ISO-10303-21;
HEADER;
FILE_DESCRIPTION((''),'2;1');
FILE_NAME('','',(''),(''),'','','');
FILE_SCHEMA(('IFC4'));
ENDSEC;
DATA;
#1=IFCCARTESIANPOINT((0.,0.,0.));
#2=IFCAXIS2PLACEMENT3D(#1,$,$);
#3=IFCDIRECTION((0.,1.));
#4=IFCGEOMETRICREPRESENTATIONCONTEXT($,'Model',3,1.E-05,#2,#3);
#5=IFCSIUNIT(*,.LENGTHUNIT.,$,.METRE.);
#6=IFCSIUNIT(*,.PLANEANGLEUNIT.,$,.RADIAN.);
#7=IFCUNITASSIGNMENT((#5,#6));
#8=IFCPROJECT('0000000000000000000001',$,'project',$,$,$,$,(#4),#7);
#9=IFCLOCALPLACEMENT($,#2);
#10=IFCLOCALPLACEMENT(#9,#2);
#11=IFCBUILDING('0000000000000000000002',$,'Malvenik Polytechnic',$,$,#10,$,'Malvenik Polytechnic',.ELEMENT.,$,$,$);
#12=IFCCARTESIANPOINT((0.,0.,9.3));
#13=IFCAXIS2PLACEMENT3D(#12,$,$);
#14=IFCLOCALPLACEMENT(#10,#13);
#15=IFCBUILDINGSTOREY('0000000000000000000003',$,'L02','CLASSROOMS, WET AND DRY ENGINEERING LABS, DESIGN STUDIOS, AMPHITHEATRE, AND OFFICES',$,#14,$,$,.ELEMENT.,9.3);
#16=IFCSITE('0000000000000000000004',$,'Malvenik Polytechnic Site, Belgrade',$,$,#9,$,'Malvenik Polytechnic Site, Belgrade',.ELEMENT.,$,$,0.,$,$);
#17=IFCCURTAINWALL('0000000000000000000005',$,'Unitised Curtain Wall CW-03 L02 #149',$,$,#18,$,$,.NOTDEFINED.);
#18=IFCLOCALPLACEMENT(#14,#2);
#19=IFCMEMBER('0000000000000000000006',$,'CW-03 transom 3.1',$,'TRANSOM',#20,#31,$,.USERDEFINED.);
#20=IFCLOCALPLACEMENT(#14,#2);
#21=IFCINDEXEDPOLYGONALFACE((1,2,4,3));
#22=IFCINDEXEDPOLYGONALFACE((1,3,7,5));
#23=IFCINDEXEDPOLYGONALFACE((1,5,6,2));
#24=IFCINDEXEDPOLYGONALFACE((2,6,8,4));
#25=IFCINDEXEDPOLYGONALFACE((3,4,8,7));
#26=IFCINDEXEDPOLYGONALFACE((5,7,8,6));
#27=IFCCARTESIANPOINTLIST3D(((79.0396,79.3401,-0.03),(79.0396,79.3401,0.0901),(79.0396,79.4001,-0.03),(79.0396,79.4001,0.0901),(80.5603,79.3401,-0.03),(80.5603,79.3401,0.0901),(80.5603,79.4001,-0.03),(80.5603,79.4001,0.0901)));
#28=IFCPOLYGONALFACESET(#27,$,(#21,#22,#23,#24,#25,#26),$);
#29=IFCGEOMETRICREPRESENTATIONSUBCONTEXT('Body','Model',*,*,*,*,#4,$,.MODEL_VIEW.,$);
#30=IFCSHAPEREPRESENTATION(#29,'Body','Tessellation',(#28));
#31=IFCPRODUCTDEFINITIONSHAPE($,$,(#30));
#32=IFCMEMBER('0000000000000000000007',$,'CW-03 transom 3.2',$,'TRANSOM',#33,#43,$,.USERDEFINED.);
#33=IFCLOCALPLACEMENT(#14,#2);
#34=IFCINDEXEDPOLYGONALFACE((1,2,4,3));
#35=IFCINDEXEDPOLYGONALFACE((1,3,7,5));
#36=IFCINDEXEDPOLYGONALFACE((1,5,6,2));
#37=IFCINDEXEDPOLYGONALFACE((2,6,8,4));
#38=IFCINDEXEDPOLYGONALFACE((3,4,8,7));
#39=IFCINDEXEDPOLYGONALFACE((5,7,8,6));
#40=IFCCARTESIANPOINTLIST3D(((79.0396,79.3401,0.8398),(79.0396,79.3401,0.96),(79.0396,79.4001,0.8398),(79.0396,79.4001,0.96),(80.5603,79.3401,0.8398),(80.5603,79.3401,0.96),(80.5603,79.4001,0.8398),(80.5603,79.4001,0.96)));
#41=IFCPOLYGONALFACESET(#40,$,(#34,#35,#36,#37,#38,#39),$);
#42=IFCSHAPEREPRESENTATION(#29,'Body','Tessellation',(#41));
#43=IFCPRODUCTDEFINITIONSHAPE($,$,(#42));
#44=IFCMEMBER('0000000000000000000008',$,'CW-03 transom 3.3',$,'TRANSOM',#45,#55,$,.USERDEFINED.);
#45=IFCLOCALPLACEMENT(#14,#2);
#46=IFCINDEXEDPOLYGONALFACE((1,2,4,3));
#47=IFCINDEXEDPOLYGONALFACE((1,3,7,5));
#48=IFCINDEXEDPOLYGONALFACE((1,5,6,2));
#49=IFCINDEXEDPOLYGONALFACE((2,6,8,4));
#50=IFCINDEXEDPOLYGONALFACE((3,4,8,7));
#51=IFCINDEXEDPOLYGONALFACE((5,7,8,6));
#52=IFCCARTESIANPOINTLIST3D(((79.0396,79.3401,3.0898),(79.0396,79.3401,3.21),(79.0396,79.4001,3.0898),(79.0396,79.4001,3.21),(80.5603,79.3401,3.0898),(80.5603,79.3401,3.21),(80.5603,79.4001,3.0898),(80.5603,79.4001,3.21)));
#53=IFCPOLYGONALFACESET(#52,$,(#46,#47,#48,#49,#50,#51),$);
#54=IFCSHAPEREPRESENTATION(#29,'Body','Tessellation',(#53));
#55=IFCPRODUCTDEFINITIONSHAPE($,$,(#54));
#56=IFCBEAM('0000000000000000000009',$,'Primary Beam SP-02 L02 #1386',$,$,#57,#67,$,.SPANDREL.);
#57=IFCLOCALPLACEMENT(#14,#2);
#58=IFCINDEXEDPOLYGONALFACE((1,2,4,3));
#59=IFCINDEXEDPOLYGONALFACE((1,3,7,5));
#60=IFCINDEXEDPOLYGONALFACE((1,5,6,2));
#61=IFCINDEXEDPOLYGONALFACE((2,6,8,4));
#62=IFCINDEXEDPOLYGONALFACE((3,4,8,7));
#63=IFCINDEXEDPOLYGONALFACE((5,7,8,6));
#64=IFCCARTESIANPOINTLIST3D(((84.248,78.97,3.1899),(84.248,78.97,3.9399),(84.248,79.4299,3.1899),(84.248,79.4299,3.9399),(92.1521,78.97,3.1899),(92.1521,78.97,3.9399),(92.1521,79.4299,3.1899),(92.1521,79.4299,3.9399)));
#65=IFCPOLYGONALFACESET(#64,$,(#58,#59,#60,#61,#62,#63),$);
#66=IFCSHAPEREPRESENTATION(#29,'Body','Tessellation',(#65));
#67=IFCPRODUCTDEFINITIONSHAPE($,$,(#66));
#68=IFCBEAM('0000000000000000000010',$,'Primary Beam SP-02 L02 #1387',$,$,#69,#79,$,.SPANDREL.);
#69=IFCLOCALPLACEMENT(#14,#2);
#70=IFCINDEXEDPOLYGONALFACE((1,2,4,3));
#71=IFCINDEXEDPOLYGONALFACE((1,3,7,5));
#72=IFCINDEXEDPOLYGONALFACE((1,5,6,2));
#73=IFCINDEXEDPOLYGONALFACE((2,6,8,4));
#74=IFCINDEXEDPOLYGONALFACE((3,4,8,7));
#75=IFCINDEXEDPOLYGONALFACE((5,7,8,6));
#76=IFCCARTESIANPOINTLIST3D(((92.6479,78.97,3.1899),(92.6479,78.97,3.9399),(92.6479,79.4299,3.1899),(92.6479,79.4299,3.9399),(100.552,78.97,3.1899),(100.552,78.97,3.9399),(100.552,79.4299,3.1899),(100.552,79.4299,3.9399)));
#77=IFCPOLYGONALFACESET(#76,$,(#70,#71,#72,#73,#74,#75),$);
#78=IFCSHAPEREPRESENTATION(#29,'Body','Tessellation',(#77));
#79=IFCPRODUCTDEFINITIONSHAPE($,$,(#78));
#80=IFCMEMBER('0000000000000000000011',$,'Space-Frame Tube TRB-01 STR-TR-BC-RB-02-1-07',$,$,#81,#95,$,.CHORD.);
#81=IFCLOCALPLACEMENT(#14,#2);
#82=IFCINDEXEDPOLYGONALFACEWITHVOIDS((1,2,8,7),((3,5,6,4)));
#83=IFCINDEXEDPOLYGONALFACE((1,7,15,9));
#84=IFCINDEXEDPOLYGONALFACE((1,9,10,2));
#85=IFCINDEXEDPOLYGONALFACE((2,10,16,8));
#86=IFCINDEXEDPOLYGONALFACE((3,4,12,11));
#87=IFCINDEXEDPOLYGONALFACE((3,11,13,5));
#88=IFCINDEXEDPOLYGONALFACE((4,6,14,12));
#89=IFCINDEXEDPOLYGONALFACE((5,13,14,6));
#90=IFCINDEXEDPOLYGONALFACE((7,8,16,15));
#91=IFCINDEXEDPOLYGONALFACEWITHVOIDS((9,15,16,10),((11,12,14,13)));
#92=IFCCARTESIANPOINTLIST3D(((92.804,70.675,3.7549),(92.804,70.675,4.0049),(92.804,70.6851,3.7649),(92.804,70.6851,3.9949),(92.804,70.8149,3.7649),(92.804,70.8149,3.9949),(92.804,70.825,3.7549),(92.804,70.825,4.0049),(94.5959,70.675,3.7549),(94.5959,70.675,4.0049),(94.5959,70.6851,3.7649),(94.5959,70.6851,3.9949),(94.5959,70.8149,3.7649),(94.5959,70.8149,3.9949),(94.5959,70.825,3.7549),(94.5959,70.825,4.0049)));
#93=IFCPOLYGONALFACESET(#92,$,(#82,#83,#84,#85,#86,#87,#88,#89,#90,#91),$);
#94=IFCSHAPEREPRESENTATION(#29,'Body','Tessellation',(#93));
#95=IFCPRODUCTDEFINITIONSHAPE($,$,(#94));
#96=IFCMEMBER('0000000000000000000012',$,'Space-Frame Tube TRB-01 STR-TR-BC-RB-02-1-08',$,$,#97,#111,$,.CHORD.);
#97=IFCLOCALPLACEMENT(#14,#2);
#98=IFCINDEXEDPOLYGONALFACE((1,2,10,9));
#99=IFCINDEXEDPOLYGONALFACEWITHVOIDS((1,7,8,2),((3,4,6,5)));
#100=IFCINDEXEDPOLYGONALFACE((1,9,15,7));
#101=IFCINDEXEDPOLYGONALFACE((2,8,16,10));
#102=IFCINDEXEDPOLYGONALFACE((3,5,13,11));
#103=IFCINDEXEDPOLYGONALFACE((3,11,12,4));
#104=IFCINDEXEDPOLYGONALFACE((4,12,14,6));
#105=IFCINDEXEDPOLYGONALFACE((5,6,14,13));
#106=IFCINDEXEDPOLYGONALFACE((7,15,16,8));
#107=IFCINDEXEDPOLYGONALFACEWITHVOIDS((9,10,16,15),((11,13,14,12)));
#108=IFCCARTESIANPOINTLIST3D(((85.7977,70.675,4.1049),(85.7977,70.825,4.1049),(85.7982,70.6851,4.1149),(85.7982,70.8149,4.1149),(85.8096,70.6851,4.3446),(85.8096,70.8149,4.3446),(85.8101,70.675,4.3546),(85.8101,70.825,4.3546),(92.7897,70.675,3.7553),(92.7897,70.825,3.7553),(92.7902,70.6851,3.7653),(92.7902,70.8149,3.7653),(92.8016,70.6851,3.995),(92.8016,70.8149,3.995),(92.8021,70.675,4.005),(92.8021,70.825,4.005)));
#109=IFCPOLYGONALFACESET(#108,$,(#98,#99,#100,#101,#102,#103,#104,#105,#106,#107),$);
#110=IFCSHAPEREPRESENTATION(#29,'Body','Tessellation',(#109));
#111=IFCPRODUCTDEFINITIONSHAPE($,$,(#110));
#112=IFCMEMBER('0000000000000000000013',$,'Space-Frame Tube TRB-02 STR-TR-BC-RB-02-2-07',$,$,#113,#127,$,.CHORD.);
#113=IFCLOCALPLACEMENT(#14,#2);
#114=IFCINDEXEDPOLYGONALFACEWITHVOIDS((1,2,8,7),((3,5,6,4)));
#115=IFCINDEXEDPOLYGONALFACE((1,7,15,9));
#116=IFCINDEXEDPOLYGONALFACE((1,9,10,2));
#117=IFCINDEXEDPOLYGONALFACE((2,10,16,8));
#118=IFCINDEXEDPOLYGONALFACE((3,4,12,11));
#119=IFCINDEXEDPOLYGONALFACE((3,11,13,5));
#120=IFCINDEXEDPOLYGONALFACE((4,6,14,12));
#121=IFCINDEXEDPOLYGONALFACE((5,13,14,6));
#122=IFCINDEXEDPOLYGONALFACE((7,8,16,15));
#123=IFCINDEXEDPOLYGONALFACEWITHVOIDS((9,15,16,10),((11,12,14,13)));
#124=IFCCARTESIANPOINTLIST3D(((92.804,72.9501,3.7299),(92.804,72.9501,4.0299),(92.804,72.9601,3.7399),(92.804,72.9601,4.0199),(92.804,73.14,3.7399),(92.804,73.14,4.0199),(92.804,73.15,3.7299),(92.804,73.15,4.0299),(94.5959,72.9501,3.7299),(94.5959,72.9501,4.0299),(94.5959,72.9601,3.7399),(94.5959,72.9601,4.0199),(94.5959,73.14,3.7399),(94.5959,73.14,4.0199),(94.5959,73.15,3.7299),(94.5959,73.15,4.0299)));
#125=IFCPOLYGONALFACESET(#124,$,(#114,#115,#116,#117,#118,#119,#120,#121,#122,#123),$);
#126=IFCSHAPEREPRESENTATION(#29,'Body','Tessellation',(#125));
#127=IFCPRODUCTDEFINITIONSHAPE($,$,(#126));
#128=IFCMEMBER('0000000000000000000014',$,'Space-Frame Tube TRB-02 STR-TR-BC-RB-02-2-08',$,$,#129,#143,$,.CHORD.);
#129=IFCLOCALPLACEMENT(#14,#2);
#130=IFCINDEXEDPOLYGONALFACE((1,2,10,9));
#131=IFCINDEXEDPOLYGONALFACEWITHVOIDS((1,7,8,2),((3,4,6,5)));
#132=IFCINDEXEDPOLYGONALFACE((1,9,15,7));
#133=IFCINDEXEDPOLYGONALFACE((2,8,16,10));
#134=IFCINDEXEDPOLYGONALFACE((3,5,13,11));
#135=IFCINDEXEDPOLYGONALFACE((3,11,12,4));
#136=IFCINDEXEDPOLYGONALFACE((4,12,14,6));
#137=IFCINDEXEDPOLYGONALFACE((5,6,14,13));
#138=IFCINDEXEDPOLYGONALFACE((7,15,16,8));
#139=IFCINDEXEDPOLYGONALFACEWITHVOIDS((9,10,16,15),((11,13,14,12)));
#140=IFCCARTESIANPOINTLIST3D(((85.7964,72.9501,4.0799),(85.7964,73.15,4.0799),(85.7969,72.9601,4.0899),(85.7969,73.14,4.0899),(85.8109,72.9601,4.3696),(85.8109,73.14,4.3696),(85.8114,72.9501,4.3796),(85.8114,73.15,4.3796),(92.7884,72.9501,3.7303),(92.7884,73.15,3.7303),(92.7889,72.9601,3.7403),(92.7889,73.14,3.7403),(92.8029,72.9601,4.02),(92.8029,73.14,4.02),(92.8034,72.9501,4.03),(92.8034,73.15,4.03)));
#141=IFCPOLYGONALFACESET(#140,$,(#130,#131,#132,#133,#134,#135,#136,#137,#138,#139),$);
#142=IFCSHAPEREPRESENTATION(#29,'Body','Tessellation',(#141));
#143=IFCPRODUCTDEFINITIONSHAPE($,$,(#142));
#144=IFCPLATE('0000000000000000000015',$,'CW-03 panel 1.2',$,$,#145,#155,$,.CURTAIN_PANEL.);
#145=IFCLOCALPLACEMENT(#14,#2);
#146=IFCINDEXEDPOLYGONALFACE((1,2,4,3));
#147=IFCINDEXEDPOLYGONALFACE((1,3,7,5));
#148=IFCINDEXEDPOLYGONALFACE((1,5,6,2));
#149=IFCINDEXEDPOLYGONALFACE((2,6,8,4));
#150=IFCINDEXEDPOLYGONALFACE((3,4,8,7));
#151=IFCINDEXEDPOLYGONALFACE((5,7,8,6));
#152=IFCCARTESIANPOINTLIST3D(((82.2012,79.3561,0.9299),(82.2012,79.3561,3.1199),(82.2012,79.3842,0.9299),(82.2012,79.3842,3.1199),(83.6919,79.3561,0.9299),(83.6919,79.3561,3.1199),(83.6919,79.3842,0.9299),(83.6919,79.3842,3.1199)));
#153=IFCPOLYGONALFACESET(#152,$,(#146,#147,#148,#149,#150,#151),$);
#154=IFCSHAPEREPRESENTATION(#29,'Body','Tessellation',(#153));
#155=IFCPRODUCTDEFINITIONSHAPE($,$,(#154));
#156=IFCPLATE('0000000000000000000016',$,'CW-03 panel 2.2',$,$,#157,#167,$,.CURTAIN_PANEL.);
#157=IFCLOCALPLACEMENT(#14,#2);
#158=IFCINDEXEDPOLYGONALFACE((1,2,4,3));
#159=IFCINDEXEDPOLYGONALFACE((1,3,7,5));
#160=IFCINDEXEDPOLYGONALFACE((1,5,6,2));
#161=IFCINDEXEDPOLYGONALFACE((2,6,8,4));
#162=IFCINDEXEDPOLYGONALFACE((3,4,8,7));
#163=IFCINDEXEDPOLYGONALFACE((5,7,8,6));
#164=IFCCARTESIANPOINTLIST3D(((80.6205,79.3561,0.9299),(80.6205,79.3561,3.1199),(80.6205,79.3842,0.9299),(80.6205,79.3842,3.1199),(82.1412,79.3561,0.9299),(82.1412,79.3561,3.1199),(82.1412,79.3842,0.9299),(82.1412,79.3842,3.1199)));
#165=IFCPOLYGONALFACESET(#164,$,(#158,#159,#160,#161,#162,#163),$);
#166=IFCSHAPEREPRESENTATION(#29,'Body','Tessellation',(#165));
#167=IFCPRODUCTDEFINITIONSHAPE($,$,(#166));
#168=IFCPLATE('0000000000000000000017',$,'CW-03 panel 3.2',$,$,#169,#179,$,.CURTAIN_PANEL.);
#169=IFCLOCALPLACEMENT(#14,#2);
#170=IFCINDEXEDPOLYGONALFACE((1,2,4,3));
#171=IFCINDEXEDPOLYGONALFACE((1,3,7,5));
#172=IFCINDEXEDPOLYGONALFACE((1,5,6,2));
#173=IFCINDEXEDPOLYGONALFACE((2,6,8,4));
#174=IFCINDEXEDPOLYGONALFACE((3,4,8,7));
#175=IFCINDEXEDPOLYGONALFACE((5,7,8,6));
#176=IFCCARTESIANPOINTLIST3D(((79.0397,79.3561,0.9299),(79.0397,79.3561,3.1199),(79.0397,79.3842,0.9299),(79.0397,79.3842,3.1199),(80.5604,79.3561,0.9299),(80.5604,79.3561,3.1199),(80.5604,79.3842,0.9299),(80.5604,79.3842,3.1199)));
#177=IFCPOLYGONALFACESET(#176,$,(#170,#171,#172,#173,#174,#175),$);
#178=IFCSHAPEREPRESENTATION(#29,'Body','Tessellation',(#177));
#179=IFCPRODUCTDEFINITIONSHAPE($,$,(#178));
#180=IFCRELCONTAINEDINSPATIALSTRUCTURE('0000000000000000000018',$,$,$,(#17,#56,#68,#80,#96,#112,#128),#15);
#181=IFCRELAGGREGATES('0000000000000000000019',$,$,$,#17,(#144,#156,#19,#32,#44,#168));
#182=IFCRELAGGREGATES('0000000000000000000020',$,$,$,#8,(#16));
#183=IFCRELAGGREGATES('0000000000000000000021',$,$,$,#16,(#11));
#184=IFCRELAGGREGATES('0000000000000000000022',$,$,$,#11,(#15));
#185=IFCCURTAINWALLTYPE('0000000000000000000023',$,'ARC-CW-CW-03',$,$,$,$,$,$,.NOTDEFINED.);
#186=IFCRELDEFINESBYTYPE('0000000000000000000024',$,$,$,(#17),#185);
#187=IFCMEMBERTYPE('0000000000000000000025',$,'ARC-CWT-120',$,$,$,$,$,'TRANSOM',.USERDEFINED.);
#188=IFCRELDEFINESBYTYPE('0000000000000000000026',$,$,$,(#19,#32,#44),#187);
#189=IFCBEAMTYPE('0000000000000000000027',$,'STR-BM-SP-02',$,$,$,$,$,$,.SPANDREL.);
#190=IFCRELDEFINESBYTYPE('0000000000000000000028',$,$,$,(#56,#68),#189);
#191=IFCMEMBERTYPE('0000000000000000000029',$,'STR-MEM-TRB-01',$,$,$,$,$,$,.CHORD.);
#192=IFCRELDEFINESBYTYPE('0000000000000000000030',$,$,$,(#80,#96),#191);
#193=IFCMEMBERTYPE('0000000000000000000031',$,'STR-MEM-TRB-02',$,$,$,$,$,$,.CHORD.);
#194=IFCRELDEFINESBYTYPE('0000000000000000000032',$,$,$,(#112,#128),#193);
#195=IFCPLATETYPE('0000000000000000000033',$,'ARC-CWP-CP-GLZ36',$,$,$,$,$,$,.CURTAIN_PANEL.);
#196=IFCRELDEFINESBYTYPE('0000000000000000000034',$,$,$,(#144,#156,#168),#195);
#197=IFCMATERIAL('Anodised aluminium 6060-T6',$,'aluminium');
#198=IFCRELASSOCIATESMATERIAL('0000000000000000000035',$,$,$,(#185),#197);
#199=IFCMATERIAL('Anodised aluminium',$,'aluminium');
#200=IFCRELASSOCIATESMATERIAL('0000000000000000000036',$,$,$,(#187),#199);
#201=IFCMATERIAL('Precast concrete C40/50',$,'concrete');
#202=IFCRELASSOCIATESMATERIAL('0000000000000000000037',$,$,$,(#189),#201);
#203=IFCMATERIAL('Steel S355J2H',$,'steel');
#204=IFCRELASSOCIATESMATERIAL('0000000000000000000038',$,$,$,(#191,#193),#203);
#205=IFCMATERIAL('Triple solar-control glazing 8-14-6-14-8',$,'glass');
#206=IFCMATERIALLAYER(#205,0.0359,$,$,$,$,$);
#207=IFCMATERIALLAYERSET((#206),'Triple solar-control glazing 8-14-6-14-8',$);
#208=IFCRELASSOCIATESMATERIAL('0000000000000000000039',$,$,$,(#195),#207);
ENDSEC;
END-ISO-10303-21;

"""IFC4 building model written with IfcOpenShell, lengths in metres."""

from ifc_helpers import new_model, si_unit, direction, frame, origin, origin_2d, place, context, subcontext, project, spatial, rectangle, hollow_rectangle, extrude, material, layer, layer_set, material_profile, profile_set, type_object, element, aggregate, save


model = new_model("IFC4")

# Units and contexts
model_context = context("Model", 3, precision=1e-05, world=origin(), true_north=direction((0.0, 1.0)))
body_context = subcontext(model_context, "Body", "Model", "MODEL_VIEW")
ifc_project = project(units=[si_unit("LENGTHUNIT", "METRE"), si_unit("PLANEANGLEUNIT", "RADIAN")], contexts=[model_context])

# Site, building, storey
site_placement = place(None, origin())
site = spatial("IfcSite", under=ifc_project, at=site_placement, Name="Malvenik Polytechnic Site, Belgrade", LongName="Malvenik Polytechnic Site, Belgrade", CompositionType="ELEMENT", RefElevation=0.0)
building_placement = place(site_placement, origin())
building = spatial("IfcBuilding", under=site, at=building_placement, Name="Malvenik Polytechnic", LongName="Malvenik Polytechnic", CompositionType="ELEMENT")
storey_placement = place(building_placement, frame((0.0, 0.0, 9.3)))
storey = spatial("IfcBuildingStorey", under=building, at=storey_placement, Name="L02", Description="CLASSROOMS, WET AND DRY ENGINEERING LABS, DESIGN STUDIOS, AMPHITHEATRE, AND OFFICES", CompositionType="ELEMENT", Elevation=9.3)

# Shared definitions
ifc_material_1 = material(Name="Steel S355J2H", Category="steel")

# Curtain wall, members
ifc_material_2 = material(Name="Anodised aluminium 6060-T6", Category="aluminium")
curtain_wall_type = type_object("IfcCurtainWallType", Name="ARC-CW-CW-03", PredefinedType="NOTDEFINED", material=ifc_material_2)
curtain_wall_placement = place(storey_placement, origin())
curtain_wall = element("IfcCurtainWall", 1, at=curtain_wall_placement, inside=storey, type_object=curtain_wall_type, Name="Unitised Curtain Wall CW-03 L02 #149", PredefinedType="NOTDEFINED")
ifc_material_3 = material(Name="Anodised aluminium", Category="aluminium")
ifc_material_profile_1 = material_profile(ifc_material_3, rectangle(XDim=0.0601, YDim=0.1201, at=origin_2d()), Name="ALU TRANSOM 60x120")
ifc_profile_set_1 = profile_set([ifc_material_profile_1], Name="Anodised aluminium")
member_type_1 = type_object("IfcMemberType", Name="ARC-CWT-120", ElementType="TRANSOM", PredefinedType="USERDEFINED", material=ifc_profile_set_1)
member_1_placement = place(storey_placement, frame((80.5603, 79.3701, 0.03), z_axis=(-1.0, 0.0, 0.0), x_axis=(0.0, -1.0, 0.0)))
member_1 = element("IfcMember", 2, at=member_1_placement, type_object=member_type_1, Name="CW-03 transom 3.1", ObjectType="TRANSOM", PredefinedType="USERDEFINED", context=body_context, shape_type="SweptSolid", body=[
    extrude(rectangle(XDim=0.0601, YDim=0.1201, at=origin_2d()), origin(), (0.0, 0.0, 1.0), 1.5208),
])
member_2_placement = place(storey_placement, frame((80.5603, 79.3701, 0.8999), z_axis=(-1.0, 0.0, 0.0), x_axis=(0.0, -1.0, 0.0)))
member_2 = element("IfcMember", 3, at=member_2_placement, type_object=member_type_1, Name="CW-03 transom 3.2", ObjectType="TRANSOM", PredefinedType="USERDEFINED", context=body_context, shape_type="SweptSolid", body=[
    extrude(rectangle(XDim=0.0601, YDim=0.1201, at=origin_2d()), origin(), (0.0, 0.0, 1.0), 1.5208),
])
member_3_placement = place(storey_placement, frame((80.5603, 79.3701, 3.1499), z_axis=(-1.0, 0.0, 0.0), x_axis=(0.0, -1.0, 0.0)))
member_3 = element("IfcMember", 4, at=member_3_placement, type_object=member_type_1, Name="CW-03 transom 3.3", ObjectType="TRANSOM", PredefinedType="USERDEFINED", context=body_context, shape_type="SweptSolid", body=[
    extrude(rectangle(XDim=0.0601, YDim=0.1201, at=origin_2d()), origin(), (0.0, 0.0, 1.0), 1.5208),
])

# Beams
ifc_material_4 = material(Name="Precast concrete C40/50", Category="concrete")
ifc_material_profile_2 = material_profile(ifc_material_4, rectangle(XDim=0.46, YDim=0.75, at=origin_2d()), Name="PC SPN 460x750")
ifc_profile_set_2 = profile_set([ifc_material_profile_2], Name="Precast concrete C40/50")
beam_type = type_object("IfcBeamType", Name="STR-BM-SP-02", PredefinedType="SPANDREL", material=ifc_profile_set_2)
for number, where, z_axis, x_axis, name in (
    (5, (84.248, 79.2, 3.5649), (1.0, 0.0, 0.0), (0.0, 1.0, 0.0), "Primary Beam SP-02 L02 #1386"),
    (6, (92.6479, 79.2, 3.5649), (1.0, 0.0, 0.0), (0.0, 1.0, 0.0), "Primary Beam SP-02 L02 #1387"),
):
    element("IfcBeam", number, at=place(storey_placement, frame(where, z_axis=z_axis, x_axis=x_axis)), inside=storey, type_object=beam_type, Name=name, PredefinedType="SPANDREL", context=body_context, shape_type="SweptSolid", body=[
        extrude(rectangle(XDim=0.46, YDim=0.75, at=origin_2d()), origin(), (0.0, 0.0, 1.0), 7.9041),
    ])

# Members
ifc_material_profile_3 = material_profile(ifc_material_1, hollow_rectangle(XDim=0.1499, YDim=0.25, WallThickness=0.01, at=origin_2d()), Name="RHS 250x150x10.0")
ifc_profile_set_3 = profile_set([ifc_material_profile_3], Name="Steel S355J2H")
member_type_2 = type_object("IfcMemberType", Name="STR-MEM-TRB-01", PredefinedType="CHORD", material=ifc_profile_set_3)
member_4_placement = place(storey_placement, frame((94.5959, 70.75, 3.8799), z_axis=(-1.0, 0.0, 0.0), x_axis=(0.0, -1.0, 0.0)))
element("IfcMember", 7, at=member_4_placement, inside=storey, type_object=member_type_2, Name="Space-Frame Tube TRB-01 STR-TR-BC-RB-02-1-07", PredefinedType="CHORD", context=body_context, shape_type="SweptSolid", body=[
    extrude(hollow_rectangle(XDim=0.1499, YDim=0.25, WallThickness=0.01, at=origin_2d()), origin(), (0.0, 0.0, 1.0), 1.792),
])
member_5_placement = place(storey_placement, frame((92.7959, 70.75, 3.8801), z_axis=(-0.998752, 0.0, 0.049939), x_axis=(0.0, -1.0, 0.0)))
element("IfcMember", 8, at=member_5_placement, inside=storey, type_object=member_type_2, Name="Space-Frame Tube TRB-01 STR-TR-BC-RB-02-1-08", PredefinedType="CHORD", context=body_context, shape_type="SweptSolid", body=[
    extrude(hollow_rectangle(XDim=0.1499, YDim=0.25, WallThickness=0.01, at=origin_2d()), origin(), (0.0, 0.0, 1.0), 7.0007),
])
ifc_material_profile_4 = material_profile(ifc_material_1, hollow_rectangle(XDim=0.2, YDim=0.3, WallThickness=0.01, at=origin_2d()), Name="RHS 300x200x10.0")
ifc_profile_set_4 = profile_set([ifc_material_profile_4], Name="Steel S355J2H")
member_type_3 = type_object("IfcMemberType", Name="STR-MEM-TRB-02", PredefinedType="CHORD", material=ifc_profile_set_4)
member_6_placement = place(storey_placement, frame((94.5959, 73.05, 3.8799), z_axis=(-1.0, 0.0, 0.0), x_axis=(0.0, -1.0, 0.0)))
element("IfcMember", 9, at=member_6_placement, inside=storey, type_object=member_type_3, Name="Space-Frame Tube TRB-02 STR-TR-BC-RB-02-2-07", PredefinedType="CHORD", context=body_context, shape_type="SweptSolid", body=[
    extrude(hollow_rectangle(XDim=0.2, YDim=0.3, WallThickness=0.01, at=origin_2d()), origin(), (0.0, 0.0, 1.0), 1.792),
])
member_7_placement = place(storey_placement, frame((92.7959, 73.05, 3.8801), z_axis=(-0.998752, 0.0, 0.049939), x_axis=(0.0, -1.0, 0.0)))
element("IfcMember", 10, at=member_7_placement, inside=storey, type_object=member_type_3, Name="Space-Frame Tube TRB-02 STR-TR-BC-RB-02-2-08", PredefinedType="CHORD", context=body_context, shape_type="SweptSolid", body=[
    extrude(hollow_rectangle(XDim=0.2, YDim=0.3, WallThickness=0.01, at=origin_2d()), origin(), (0.0, 0.0, 1.0), 7.0007),
])

# Plates
ifc_material_5 = material(Name="Triple solar-control glazing 8-14-6-14-8", Category="glass")
ifc_layer_1 = layer(ifc_material_5, 0.0359)
ifc_layer_set_1 = layer_set([ifc_layer_1], Name="Triple solar-control glazing 8-14-6-14-8")
plate_type_1 = type_object("IfcPlateType", Name="ARC-CWP-CP-GLZ36", PredefinedType="CURTAIN_PANEL", material=ifc_layer_set_1)
plate_1_placement = place(storey_placement, frame((82.9465, 79.3701, 0.9299), z_axis=(0.0, 0.0, 1.0), x_axis=(-1.0, 0.0, 0.0)))
plate_1 = element("IfcPlate", 11, at=plate_1_placement, type_object=plate_type_1, Name="CW-03 panel 1.2", PredefinedType="CURTAIN_PANEL", context=body_context, shape_type="SweptSolid", body=[
    extrude(rectangle(XDim=1.4907, YDim=0.0281, at=origin_2d()), origin(), (0.0, 0.0, 1.0), 2.1899),
])
plate_2_placement = place(storey_placement, frame((81.3809, 79.3701, 0.9299), z_axis=(0.0, 0.0, 1.0), x_axis=(-1.0, 0.0, 0.0)))
plate_2 = element("IfcPlate", 12, at=plate_2_placement, type_object=plate_type_1, Name="CW-03 panel 2.2", PredefinedType="CURTAIN_PANEL", context=body_context, shape_type="SweptSolid", body=[
    extrude(rectangle(XDim=1.5208, YDim=0.0281, at=origin_2d()), origin(), (0.0, 0.0, 1.0), 2.1899),
])
plate_3_placement = place(storey_placement, frame((79.8, 79.3701, 0.9299), z_axis=(0.0, 0.0, 1.0), x_axis=(-1.0, 0.0, 0.0)))
plate_3 = element("IfcPlate", 13, at=plate_3_placement, type_object=plate_type_1, Name="CW-03 panel 3.2", PredefinedType="CURTAIN_PANEL", context=body_context, shape_type="SweptSolid", body=[
    extrude(rectangle(XDim=1.5208, YDim=0.0281, at=origin_2d()), origin(), (0.0, 0.0, 1.0), 2.1899),
])
aggregate(curtain_wall, [plate_1, plate_2, member_1, member_2, member_3, plate_3])

save(model, "model.ifc")
